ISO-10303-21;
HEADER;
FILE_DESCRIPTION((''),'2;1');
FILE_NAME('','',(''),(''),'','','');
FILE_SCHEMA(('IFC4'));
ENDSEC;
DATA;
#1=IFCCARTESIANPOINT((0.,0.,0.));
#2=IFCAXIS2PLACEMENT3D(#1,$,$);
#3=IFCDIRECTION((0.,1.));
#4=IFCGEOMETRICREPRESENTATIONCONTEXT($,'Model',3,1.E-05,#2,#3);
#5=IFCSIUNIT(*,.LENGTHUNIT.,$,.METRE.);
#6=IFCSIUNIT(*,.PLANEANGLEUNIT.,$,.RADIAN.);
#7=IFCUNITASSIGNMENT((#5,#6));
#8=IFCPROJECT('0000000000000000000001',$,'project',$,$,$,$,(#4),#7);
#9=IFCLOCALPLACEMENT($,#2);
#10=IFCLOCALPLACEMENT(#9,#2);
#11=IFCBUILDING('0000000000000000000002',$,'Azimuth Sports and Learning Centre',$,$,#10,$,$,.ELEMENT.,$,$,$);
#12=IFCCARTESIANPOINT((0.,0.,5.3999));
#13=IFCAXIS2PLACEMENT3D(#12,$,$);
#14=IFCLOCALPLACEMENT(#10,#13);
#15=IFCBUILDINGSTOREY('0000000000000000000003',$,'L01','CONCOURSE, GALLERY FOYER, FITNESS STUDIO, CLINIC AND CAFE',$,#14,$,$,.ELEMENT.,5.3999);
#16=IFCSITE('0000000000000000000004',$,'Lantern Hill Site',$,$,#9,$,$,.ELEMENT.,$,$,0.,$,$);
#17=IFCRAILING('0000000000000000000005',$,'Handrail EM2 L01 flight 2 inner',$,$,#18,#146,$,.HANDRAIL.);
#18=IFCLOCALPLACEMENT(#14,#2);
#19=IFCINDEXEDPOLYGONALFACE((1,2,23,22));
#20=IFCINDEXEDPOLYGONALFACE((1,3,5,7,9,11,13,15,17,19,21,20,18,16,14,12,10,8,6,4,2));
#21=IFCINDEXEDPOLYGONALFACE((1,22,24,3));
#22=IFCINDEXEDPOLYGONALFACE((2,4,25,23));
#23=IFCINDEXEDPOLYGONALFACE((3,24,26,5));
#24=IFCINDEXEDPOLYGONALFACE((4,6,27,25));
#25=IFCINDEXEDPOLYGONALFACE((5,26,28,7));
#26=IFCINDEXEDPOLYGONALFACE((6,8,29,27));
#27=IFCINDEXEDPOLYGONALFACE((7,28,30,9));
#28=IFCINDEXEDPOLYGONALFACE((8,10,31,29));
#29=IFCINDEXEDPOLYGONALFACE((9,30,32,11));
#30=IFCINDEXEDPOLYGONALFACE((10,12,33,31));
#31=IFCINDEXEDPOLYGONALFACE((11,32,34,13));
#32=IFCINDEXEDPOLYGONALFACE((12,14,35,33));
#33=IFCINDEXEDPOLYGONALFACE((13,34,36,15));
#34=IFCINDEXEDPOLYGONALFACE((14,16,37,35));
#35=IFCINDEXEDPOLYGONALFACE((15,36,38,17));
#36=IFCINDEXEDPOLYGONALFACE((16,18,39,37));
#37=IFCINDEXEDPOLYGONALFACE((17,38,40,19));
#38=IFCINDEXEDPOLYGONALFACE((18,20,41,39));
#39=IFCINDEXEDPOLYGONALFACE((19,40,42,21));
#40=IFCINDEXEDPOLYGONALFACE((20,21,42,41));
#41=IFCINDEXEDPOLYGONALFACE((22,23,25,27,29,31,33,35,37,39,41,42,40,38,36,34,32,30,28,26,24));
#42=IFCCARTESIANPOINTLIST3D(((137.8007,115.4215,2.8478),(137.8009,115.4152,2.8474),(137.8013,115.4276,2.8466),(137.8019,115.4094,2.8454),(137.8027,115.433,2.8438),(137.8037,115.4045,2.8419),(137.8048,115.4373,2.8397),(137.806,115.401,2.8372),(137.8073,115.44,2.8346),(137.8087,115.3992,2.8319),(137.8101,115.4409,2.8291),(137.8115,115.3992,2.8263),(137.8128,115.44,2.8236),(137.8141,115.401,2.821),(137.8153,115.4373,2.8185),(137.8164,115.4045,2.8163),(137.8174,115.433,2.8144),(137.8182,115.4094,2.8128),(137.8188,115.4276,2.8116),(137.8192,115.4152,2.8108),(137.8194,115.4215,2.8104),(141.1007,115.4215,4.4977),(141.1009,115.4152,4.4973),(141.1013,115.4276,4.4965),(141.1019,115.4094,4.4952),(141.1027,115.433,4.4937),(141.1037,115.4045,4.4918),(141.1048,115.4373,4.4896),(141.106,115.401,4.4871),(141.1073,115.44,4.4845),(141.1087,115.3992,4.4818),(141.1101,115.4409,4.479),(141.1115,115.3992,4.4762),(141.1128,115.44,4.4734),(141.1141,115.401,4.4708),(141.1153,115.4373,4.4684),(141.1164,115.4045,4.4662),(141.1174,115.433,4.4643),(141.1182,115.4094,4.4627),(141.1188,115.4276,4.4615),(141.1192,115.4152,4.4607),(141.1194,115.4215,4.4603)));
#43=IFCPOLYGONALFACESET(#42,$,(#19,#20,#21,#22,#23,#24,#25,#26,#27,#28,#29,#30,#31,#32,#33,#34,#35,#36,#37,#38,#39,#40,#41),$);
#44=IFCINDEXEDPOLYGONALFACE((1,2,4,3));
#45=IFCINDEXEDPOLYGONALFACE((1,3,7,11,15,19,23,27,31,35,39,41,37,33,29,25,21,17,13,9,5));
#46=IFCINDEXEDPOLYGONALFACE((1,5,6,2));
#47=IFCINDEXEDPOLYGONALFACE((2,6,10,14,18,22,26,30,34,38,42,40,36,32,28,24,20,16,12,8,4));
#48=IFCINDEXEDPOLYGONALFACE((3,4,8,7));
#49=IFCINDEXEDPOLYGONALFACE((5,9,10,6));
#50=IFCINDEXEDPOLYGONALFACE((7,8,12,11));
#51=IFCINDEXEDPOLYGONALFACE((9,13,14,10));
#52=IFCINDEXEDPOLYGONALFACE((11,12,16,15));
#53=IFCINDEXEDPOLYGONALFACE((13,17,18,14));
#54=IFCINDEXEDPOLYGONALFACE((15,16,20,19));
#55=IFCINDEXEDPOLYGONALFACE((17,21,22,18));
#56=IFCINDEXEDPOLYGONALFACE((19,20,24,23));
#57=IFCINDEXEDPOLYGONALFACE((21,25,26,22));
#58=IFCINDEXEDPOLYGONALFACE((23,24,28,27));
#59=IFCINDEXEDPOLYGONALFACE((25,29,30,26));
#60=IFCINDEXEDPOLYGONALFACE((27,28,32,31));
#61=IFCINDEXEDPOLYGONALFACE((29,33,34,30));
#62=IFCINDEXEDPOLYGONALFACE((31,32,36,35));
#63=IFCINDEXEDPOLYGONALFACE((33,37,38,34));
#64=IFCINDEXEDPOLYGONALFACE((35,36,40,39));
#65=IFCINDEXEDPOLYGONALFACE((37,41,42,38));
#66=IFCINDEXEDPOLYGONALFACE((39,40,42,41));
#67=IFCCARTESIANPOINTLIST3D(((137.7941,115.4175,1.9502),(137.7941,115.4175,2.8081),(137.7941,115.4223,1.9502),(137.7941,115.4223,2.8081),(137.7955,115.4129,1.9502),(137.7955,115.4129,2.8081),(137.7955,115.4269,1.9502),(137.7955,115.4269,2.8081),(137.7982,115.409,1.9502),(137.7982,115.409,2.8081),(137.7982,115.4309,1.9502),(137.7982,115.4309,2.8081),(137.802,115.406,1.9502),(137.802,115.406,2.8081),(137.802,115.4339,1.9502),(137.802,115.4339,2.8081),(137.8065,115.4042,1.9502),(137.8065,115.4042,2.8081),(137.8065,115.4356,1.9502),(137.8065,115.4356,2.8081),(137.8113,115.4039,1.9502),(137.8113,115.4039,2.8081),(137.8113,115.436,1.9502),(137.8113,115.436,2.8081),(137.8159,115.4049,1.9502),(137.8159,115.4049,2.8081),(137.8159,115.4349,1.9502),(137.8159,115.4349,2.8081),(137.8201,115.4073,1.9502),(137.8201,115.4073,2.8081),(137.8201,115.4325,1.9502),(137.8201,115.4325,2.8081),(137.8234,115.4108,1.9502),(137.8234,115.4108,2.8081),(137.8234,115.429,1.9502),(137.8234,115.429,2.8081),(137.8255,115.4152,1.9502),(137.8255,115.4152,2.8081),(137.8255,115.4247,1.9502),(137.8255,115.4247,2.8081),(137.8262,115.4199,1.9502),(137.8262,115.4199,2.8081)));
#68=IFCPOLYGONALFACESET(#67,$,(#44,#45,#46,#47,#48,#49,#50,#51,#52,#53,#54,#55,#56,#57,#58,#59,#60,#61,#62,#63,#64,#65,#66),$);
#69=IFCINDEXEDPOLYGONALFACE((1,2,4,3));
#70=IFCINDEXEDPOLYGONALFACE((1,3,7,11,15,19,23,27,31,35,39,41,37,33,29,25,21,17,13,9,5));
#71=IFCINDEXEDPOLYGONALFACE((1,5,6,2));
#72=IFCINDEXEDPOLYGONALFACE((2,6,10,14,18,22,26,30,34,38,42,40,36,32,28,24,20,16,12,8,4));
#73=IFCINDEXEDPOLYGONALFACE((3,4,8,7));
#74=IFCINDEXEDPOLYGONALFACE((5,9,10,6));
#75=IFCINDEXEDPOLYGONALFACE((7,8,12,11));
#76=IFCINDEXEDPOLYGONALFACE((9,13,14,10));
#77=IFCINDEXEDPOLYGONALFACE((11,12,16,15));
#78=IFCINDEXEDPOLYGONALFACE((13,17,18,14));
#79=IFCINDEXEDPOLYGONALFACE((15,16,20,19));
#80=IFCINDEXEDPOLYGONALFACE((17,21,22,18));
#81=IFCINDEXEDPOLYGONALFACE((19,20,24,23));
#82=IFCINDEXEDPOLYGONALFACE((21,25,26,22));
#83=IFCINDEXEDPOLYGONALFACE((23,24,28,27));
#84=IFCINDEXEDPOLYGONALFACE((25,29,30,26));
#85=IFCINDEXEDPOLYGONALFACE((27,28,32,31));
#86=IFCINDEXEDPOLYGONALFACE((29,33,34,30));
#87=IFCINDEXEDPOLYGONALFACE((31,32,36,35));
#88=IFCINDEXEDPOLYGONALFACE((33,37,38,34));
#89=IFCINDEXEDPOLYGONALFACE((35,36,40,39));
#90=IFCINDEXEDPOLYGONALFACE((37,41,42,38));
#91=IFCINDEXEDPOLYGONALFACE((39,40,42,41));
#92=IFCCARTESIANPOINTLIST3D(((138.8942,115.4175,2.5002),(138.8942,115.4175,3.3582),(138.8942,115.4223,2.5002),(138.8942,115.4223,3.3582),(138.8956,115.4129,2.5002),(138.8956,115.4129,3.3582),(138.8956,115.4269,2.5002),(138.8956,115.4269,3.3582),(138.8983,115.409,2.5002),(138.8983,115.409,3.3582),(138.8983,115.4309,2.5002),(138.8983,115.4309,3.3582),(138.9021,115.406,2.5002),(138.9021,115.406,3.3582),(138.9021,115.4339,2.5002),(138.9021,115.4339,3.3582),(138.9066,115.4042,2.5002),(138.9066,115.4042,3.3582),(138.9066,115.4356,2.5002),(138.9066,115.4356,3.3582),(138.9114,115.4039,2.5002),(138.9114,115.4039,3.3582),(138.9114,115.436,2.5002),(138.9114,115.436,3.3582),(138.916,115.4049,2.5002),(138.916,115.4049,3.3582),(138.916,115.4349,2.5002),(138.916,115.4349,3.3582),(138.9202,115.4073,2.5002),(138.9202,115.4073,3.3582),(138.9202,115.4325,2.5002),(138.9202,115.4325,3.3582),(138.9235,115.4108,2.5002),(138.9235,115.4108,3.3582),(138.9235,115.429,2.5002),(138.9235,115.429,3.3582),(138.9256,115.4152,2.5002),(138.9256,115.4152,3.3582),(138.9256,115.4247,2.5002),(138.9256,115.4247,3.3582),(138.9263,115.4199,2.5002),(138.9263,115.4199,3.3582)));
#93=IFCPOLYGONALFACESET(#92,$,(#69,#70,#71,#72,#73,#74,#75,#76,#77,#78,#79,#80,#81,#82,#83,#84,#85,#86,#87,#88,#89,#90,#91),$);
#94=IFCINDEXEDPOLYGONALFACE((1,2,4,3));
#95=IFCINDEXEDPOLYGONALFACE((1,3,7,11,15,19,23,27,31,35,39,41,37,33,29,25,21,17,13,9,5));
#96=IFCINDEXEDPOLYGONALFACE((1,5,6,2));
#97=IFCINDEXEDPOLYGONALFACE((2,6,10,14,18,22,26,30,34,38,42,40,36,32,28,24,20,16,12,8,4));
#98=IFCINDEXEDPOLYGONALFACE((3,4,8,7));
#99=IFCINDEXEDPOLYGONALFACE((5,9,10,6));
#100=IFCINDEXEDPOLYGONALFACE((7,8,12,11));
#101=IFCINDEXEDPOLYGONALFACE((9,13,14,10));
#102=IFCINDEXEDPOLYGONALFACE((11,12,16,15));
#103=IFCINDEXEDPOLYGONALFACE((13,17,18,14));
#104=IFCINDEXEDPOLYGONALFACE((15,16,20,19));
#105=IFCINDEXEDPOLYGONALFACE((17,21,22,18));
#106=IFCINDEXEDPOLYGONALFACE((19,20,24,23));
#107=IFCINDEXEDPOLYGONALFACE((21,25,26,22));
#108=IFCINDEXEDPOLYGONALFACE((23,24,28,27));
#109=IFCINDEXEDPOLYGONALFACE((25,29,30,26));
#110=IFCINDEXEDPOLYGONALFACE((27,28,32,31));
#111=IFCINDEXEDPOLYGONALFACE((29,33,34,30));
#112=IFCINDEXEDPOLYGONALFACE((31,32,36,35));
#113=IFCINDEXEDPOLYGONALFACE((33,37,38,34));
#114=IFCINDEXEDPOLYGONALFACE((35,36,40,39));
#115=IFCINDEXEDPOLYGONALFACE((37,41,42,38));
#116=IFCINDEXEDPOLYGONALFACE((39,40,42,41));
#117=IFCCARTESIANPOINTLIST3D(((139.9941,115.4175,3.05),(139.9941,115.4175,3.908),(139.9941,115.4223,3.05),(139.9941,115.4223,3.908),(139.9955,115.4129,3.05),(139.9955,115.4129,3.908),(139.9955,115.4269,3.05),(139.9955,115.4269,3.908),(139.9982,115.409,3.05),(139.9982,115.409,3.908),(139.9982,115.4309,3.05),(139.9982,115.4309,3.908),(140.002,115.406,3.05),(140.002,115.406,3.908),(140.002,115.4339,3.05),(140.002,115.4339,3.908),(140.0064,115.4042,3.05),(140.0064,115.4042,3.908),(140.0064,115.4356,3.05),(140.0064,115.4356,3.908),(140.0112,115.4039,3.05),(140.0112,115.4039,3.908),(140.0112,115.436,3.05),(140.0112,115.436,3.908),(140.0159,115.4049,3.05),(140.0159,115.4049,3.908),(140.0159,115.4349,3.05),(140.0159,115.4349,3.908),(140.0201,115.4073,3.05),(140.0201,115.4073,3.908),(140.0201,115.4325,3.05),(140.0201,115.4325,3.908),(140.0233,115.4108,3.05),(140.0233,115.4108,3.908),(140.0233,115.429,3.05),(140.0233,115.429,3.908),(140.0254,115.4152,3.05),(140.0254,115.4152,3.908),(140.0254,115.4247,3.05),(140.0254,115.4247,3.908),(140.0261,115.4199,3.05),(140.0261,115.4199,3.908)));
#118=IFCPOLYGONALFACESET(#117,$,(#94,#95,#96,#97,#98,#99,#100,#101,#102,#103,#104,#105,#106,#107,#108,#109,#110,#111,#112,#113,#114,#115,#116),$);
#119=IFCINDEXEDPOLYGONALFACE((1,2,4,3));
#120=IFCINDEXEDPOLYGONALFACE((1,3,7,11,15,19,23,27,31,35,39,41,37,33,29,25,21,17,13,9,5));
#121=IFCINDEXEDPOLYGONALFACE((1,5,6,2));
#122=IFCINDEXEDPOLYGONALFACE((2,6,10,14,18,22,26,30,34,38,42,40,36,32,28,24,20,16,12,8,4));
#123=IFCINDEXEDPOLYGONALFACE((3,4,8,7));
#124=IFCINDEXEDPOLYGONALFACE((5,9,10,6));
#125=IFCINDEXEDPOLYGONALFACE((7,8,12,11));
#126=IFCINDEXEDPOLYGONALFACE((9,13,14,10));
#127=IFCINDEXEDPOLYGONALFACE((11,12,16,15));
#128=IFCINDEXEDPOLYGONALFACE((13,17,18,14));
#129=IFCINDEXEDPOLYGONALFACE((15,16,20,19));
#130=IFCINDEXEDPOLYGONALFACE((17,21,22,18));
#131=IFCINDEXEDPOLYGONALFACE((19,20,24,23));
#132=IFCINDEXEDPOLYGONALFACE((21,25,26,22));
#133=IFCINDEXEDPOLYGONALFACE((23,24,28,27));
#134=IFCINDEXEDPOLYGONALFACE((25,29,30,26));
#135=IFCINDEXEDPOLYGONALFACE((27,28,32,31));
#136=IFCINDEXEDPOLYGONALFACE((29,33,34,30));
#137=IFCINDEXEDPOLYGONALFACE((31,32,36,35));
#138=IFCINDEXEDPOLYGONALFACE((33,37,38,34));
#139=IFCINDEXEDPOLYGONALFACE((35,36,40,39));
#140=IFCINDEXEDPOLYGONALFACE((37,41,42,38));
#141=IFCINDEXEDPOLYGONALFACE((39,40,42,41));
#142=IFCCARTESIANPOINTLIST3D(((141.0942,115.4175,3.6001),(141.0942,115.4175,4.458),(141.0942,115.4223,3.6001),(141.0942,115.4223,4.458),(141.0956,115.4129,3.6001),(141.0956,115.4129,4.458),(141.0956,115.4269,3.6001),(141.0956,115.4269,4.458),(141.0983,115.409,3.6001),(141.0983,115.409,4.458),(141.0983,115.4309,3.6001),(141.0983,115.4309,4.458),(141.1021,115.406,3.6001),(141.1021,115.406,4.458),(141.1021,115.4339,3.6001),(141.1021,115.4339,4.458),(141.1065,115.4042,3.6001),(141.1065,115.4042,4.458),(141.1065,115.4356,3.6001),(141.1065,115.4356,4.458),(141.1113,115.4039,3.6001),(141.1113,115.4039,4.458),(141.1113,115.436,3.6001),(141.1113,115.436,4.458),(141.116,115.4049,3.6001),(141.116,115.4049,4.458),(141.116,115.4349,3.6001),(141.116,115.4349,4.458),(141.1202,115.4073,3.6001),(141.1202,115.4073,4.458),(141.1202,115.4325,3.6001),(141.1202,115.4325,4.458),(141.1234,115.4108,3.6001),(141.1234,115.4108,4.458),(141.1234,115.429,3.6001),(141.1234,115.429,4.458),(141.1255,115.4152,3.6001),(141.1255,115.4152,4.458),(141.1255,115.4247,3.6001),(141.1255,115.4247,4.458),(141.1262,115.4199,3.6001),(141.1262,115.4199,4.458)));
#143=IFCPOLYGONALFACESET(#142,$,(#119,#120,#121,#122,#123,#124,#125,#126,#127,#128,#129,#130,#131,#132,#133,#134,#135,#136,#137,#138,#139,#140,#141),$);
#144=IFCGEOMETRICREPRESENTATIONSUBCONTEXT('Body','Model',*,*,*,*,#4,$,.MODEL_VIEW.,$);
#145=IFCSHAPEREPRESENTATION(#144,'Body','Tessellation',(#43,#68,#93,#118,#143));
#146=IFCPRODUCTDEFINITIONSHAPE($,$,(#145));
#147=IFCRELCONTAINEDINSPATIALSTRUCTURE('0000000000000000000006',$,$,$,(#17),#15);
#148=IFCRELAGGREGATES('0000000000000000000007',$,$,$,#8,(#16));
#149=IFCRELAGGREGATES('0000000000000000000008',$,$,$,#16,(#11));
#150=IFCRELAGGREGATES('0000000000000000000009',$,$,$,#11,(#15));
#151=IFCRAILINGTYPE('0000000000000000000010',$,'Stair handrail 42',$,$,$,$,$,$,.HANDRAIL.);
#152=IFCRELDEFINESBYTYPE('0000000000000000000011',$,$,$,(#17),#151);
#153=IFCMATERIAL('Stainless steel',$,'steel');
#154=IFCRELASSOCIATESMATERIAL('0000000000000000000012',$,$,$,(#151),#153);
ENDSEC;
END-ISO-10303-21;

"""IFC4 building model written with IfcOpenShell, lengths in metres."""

from ifc_helpers import new_model, si_unit, direction, frame, origin, origin_2d, place, context, subcontext, project, spatial, circle, extrude, material, type_object, element, save


model = new_model("IFC4")

# Units and contexts
model_context = context("Model", 3, precision=1e-05, world=origin(), true_north=direction((0.0, 1.0)))
body_context = subcontext(model_context, "Body", "Model", "MODEL_VIEW")
ifc_project = project(units=[si_unit("LENGTHUNIT", "METRE"), si_unit("PLANEANGLEUNIT", "RADIAN")], contexts=[model_context])

# Site, building, storey
site_placement = place(None, origin())
site = spatial("IfcSite", under=ifc_project, at=site_placement, Name="Lantern Hill Site", CompositionType="ELEMENT", RefElevation=0.0)
building_placement = place(site_placement, origin())
building = spatial("IfcBuilding", under=site, at=building_placement, Name="Azimuth Sports and Learning Centre", CompositionType="ELEMENT")
storey_placement = place(building_placement, frame((0.0, 0.0, 5.3999)))
storey = spatial("IfcBuildingStorey", under=building, at=storey_placement, Name="L01", Description="CONCOURSE, GALLERY FOYER, FITNESS STUDIO, CLINIC AND CAFE", CompositionType="ELEMENT", Elevation=5.3999)

# Railing
ifc_material_1 = material(Name="Stainless steel", Category="steel")
railing_type = type_object("IfcRailingType", Name="Stair handrail 42", PredefinedType="HANDRAIL", material=ifc_material_1)
for number, where, name in (
    (1, (137.8101, 115.4199, 1.9502), "Handrail EM2 L01 flight 2 inner"),
):
    element("IfcRailing", number, at=place(storey_placement, frame(where)), inside=storey, type_object=railing_type, Name=name, PredefinedType="HANDRAIL", context=body_context, shape_type="SweptSolid", body=[
        extrude(circle(Radius=0.021, at=origin_2d()), frame((0.0, 0.0, 0.8789), z_axis=(0.89444, 0.0, 0.447187), x_axis=(0.0, 1.0, 0.0)), (0.0, 0.0, 1.0), 3.6895),
        extrude(circle(Radius=0.0161, at=origin_2d()), origin(), (0.0, 0.0, 1.0), 0.8579),
        extrude(circle(Radius=0.0161, at=origin_2d()), frame((1.1001, 0.0, 0.55)), (0.0, 0.0, 1.0), 0.8579),
        extrude(circle(Radius=0.0161, at=origin_2d()), frame((2.2, 0.0, 1.0999)), (0.0, 0.0, 1.0), 0.8579),
        extrude(circle(Radius=0.0161, at=origin_2d()), frame((3.3, 0.0, 1.6499)), (0.0, 0.0, 1.0), 0.8579),
    ])

save(model, "model.ifc")
